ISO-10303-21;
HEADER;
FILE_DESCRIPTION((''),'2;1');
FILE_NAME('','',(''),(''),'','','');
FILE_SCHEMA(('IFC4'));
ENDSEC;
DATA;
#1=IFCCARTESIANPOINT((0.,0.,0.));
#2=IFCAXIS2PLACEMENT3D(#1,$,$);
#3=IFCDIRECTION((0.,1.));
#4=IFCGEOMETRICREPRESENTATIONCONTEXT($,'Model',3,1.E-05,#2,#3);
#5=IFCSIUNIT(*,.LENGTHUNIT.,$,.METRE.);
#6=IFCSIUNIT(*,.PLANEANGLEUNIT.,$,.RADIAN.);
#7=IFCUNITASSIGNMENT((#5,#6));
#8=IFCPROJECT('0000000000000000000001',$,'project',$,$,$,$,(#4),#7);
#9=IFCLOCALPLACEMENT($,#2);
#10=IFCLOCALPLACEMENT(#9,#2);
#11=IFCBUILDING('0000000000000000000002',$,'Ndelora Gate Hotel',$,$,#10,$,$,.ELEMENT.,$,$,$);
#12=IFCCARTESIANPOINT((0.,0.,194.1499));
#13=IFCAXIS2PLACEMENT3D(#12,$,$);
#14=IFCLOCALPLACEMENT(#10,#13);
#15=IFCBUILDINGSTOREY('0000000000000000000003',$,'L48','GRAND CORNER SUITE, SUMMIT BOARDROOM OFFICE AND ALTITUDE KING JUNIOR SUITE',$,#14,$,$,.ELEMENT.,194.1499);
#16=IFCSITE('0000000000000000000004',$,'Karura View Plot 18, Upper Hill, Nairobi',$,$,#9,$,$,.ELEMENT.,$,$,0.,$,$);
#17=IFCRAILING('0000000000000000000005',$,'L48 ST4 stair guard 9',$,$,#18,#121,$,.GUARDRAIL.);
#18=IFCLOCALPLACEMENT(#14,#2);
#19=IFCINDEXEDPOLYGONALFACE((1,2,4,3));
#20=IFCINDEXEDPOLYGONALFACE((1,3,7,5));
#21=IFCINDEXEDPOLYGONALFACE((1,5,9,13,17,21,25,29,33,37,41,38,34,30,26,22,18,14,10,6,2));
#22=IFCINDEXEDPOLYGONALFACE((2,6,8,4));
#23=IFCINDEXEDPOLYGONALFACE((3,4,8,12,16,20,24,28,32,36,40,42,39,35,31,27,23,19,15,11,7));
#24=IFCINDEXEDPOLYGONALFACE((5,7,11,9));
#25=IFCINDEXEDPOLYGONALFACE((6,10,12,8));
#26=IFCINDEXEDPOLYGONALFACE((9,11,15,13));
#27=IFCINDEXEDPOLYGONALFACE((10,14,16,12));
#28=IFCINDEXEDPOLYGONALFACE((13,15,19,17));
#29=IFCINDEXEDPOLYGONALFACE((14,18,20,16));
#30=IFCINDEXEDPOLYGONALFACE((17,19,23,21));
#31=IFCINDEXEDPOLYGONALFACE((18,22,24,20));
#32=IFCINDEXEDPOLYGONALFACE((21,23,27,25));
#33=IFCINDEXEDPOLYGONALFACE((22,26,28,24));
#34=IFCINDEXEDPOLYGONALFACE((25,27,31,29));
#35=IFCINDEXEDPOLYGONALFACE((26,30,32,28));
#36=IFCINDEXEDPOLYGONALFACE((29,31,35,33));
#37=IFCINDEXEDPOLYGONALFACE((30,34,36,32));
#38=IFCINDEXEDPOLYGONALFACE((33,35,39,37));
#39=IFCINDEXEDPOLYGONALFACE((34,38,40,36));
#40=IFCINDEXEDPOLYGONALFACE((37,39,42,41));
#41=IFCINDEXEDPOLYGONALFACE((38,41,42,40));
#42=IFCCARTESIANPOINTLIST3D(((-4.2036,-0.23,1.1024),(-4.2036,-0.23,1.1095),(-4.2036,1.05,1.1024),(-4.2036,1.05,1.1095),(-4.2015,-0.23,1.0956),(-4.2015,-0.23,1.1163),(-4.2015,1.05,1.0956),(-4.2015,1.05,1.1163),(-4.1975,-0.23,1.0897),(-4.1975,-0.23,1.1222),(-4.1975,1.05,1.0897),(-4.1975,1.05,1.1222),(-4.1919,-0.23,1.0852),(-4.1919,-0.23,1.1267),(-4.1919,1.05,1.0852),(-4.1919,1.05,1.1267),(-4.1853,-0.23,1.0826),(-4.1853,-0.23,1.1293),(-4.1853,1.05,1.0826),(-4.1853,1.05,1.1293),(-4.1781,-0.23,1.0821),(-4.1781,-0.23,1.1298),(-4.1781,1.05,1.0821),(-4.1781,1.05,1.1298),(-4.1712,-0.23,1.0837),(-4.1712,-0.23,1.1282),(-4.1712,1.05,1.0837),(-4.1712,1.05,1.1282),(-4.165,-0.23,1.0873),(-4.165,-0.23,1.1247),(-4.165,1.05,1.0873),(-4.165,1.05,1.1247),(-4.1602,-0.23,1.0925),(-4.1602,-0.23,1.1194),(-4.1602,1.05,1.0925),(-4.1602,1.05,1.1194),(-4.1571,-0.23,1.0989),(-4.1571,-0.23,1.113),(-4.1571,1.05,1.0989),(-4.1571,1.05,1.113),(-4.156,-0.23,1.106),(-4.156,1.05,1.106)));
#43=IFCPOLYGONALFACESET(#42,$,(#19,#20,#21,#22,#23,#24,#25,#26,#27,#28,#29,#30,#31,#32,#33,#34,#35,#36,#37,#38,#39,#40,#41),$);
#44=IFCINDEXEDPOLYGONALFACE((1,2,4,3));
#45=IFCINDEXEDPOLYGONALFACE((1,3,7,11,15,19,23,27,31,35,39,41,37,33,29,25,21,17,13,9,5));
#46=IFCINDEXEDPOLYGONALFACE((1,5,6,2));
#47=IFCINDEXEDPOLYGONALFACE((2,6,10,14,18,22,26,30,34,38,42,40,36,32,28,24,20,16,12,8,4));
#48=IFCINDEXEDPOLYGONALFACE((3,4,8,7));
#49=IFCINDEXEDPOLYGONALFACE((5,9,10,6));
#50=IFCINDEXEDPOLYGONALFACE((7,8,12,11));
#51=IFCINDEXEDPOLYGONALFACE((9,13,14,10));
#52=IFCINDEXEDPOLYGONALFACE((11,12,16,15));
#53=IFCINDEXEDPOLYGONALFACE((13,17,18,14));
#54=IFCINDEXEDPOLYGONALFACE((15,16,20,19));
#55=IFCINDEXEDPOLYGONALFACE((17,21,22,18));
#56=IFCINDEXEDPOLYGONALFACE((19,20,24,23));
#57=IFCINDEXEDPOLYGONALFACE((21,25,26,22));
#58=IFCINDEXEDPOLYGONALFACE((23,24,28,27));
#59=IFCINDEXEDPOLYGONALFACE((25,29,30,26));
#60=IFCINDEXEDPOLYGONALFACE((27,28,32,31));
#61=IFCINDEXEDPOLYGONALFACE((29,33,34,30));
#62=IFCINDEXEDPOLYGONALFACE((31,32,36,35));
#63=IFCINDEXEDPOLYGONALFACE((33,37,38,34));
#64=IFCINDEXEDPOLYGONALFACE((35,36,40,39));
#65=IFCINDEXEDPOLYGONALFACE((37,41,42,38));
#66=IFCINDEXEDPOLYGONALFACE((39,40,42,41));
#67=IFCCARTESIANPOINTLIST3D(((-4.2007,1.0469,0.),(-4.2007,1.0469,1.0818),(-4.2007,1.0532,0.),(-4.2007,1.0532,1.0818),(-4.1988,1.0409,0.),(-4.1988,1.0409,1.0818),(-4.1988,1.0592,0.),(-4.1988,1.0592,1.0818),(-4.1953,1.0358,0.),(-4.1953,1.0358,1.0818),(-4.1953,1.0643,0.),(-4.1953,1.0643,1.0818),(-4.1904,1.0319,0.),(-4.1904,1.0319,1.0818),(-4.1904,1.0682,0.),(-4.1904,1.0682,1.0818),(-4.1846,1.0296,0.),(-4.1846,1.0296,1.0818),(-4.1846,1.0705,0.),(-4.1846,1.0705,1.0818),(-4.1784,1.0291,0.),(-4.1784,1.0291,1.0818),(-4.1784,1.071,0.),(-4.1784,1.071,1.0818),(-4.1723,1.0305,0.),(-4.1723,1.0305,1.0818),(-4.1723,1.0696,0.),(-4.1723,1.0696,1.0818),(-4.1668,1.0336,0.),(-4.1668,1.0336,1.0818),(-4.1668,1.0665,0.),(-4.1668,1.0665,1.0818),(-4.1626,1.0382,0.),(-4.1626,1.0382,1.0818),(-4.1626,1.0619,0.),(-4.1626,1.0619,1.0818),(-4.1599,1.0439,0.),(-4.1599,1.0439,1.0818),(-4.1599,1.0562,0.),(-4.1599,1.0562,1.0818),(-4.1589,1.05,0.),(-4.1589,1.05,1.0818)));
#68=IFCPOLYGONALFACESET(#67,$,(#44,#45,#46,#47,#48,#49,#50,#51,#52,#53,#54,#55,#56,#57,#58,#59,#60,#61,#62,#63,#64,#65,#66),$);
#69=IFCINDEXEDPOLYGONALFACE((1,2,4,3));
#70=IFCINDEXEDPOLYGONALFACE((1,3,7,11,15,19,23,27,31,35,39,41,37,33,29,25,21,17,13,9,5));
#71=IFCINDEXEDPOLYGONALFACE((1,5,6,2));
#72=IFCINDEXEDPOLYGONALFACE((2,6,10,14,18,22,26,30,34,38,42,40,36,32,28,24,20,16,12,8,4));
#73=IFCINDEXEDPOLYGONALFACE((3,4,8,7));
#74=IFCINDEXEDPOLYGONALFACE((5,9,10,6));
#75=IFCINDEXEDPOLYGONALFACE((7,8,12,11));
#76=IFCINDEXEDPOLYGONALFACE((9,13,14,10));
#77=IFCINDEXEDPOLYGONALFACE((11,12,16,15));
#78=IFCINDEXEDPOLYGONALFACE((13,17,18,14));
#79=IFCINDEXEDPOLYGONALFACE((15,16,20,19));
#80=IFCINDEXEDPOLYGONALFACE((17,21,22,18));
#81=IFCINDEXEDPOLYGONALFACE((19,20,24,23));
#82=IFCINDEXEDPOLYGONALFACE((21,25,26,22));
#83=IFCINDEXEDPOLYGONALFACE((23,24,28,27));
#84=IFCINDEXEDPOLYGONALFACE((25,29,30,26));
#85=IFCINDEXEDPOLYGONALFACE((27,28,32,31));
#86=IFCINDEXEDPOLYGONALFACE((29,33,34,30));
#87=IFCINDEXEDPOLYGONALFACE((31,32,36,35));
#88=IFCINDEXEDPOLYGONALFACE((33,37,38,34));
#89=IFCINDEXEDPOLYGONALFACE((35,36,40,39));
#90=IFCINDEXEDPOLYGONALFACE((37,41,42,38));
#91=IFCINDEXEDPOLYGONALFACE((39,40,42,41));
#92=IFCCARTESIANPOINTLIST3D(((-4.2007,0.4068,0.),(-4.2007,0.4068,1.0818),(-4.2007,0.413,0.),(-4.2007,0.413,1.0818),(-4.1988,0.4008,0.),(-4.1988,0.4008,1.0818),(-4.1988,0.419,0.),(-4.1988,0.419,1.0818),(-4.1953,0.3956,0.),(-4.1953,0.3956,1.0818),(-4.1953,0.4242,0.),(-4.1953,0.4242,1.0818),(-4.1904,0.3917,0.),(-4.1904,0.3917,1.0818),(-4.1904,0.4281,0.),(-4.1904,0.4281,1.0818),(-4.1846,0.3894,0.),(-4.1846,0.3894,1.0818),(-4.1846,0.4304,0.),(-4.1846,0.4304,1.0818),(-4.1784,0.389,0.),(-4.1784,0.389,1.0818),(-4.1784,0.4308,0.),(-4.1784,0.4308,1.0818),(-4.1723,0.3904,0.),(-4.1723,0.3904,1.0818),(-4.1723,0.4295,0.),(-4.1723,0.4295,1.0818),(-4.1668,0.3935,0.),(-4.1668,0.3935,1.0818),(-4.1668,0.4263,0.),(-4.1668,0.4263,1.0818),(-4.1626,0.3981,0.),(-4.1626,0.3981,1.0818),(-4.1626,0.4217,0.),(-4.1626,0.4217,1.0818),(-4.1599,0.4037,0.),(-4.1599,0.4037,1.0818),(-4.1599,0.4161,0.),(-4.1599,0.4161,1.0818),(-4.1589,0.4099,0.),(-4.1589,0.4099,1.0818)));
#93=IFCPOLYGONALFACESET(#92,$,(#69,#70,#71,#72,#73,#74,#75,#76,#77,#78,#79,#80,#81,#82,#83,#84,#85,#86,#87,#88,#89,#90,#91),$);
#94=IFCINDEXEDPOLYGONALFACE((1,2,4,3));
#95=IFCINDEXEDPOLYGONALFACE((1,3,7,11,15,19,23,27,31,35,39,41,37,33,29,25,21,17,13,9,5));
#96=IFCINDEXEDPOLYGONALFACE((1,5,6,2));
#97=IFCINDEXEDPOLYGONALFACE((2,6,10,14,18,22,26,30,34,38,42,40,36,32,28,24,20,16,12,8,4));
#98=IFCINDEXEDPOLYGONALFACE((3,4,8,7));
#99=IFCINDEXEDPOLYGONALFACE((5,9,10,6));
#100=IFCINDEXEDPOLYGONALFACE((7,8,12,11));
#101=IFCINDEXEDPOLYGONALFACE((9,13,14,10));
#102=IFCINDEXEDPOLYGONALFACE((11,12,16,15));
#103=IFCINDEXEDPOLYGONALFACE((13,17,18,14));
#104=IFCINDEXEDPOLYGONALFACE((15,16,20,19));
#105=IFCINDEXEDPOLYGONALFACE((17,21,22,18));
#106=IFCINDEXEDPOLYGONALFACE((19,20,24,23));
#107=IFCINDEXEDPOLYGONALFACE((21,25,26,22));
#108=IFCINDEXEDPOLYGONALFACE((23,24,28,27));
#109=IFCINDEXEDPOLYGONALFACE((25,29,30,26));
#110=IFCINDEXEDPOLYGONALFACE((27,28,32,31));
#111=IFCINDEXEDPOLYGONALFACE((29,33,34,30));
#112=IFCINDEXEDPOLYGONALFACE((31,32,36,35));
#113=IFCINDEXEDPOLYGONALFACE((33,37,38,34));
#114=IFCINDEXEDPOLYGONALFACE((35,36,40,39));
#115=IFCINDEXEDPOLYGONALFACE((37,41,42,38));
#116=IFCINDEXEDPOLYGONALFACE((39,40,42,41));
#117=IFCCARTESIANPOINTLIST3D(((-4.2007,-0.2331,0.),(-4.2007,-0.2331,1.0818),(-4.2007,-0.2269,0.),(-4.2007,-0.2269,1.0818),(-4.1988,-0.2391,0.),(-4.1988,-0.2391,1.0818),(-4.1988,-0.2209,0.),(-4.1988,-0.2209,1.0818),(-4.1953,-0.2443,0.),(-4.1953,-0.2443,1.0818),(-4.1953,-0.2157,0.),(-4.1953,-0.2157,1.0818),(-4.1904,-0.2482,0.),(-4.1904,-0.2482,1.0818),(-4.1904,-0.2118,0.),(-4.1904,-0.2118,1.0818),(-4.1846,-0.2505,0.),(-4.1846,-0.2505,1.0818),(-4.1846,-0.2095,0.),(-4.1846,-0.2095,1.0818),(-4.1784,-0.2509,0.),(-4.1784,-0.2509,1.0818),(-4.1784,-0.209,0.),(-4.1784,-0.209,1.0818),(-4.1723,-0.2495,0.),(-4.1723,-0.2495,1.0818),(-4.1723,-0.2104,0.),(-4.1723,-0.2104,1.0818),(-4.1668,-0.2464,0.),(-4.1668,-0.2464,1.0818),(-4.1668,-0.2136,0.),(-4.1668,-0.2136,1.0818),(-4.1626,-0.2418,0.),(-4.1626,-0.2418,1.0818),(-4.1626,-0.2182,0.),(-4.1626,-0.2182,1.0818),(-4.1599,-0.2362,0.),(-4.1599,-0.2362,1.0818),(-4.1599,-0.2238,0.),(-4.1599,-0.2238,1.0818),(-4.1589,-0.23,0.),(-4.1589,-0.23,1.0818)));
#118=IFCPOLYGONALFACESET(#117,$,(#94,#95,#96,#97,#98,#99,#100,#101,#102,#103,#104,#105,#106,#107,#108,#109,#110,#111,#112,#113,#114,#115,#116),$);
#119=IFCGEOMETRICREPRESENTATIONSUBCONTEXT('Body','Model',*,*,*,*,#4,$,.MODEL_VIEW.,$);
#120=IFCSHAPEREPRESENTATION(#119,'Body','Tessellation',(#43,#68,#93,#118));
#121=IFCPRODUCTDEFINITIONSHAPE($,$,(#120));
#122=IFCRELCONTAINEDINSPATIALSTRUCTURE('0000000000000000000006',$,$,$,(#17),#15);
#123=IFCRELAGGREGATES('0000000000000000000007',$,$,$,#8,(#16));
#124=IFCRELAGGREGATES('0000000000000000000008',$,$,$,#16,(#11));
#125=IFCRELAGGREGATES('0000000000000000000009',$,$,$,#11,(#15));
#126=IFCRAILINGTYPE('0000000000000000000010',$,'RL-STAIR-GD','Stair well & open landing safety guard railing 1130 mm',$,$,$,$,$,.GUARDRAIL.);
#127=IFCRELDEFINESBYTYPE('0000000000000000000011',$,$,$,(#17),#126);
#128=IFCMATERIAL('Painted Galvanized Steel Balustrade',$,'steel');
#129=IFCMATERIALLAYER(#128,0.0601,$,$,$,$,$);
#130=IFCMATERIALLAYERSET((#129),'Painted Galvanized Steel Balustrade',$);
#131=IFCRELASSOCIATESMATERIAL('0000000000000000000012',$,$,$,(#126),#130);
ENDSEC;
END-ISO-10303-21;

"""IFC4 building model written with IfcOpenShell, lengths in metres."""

from ifc_helpers import new_model, si_unit, direction, frame, origin, origin_2d, place, context, subcontext, project, spatial, circle, extrude, material, layer, layer_set, type_object, element, save


model = new_model("IFC4")

# Units and contexts
model_context = context("Model", 3, precision=1e-05, world=origin(), true_north=direction((0.0, 1.0)))
body_context = subcontext(model_context, "Body", "Model", "MODEL_VIEW")
ifc_project = project(units=[si_unit("LENGTHUNIT", "METRE"), si_unit("PLANEANGLEUNIT", "RADIAN")], contexts=[model_context])

# Site, building, storey
site_placement = place(None, origin())
site = spatial("IfcSite", under=ifc_project, at=site_placement, Name="Karura View Plot 18, Upper Hill, Nairobi", CompositionType="ELEMENT", RefElevation=0.0)
building_placement = place(site_placement, origin())
building = spatial("IfcBuilding", under=site, at=building_placement, Name="Ndelora Gate Hotel", CompositionType="ELEMENT")
storey_placement = place(building_placement, frame((0.0, 0.0, 194.1499)))
storey = spatial("IfcBuildingStorey", under=building, at=storey_placement, Name="L48", Description="GRAND CORNER SUITE, SUMMIT BOARDROOM OFFICE AND ALTITUDE KING JUNIOR SUITE", CompositionType="ELEMENT", Elevation=194.1499)

# Railing
ifc_material_1 = material(Name="Painted Galvanized Steel Balustrade", Category="steel")
ifc_layer_1 = layer(ifc_material_1, 0.0601)
ifc_layer_set_1 = layer_set([ifc_layer_1], Name="Painted Galvanized Steel Balustrade")
railing_type_1 = type_object("IfcRailingType", Name="RL-STAIR-GD", Description="Stair well & open landing safety guard railing 1130 mm", PredefinedType="GUARDRAIL", material=ifc_layer_set_1)
for number, where, name in (
    (1, (-4.1799, 1.05, 0.0), "L48 ST4 stair guard 9"),
):
    element("IfcRailing", number, at=place(storey_placement, frame(where)), inside=storey, type_object=railing_type_1, Name=name, PredefinedType="GUARDRAIL", context=body_context, shape_type="SweptSolid", body=[
        extrude(circle(Radius=0.0239, at=origin_2d()), frame((0.0, 0.0, 1.106), z_axis=(0.0, -1.0, 0.0), x_axis=(1.0, 0.0, 0.0)), (0.0, 0.0, 1.0), 1.28),
        extrude(circle(Radius=0.021, at=origin_2d()), origin(), (0.0, 0.0, 1.0), 1.0818),
        extrude(circle(Radius=0.021, at=origin_2d()), frame((0.0, -0.6401, 0.0)), (0.0, 0.0, 1.0), 1.0818),
        extrude(circle(Radius=0.021, at=origin_2d()), frame((0.0, -1.28, 0.0)), (0.0, 0.0, 1.0), 1.0818),
    ])

save(model, "model.ifc")
